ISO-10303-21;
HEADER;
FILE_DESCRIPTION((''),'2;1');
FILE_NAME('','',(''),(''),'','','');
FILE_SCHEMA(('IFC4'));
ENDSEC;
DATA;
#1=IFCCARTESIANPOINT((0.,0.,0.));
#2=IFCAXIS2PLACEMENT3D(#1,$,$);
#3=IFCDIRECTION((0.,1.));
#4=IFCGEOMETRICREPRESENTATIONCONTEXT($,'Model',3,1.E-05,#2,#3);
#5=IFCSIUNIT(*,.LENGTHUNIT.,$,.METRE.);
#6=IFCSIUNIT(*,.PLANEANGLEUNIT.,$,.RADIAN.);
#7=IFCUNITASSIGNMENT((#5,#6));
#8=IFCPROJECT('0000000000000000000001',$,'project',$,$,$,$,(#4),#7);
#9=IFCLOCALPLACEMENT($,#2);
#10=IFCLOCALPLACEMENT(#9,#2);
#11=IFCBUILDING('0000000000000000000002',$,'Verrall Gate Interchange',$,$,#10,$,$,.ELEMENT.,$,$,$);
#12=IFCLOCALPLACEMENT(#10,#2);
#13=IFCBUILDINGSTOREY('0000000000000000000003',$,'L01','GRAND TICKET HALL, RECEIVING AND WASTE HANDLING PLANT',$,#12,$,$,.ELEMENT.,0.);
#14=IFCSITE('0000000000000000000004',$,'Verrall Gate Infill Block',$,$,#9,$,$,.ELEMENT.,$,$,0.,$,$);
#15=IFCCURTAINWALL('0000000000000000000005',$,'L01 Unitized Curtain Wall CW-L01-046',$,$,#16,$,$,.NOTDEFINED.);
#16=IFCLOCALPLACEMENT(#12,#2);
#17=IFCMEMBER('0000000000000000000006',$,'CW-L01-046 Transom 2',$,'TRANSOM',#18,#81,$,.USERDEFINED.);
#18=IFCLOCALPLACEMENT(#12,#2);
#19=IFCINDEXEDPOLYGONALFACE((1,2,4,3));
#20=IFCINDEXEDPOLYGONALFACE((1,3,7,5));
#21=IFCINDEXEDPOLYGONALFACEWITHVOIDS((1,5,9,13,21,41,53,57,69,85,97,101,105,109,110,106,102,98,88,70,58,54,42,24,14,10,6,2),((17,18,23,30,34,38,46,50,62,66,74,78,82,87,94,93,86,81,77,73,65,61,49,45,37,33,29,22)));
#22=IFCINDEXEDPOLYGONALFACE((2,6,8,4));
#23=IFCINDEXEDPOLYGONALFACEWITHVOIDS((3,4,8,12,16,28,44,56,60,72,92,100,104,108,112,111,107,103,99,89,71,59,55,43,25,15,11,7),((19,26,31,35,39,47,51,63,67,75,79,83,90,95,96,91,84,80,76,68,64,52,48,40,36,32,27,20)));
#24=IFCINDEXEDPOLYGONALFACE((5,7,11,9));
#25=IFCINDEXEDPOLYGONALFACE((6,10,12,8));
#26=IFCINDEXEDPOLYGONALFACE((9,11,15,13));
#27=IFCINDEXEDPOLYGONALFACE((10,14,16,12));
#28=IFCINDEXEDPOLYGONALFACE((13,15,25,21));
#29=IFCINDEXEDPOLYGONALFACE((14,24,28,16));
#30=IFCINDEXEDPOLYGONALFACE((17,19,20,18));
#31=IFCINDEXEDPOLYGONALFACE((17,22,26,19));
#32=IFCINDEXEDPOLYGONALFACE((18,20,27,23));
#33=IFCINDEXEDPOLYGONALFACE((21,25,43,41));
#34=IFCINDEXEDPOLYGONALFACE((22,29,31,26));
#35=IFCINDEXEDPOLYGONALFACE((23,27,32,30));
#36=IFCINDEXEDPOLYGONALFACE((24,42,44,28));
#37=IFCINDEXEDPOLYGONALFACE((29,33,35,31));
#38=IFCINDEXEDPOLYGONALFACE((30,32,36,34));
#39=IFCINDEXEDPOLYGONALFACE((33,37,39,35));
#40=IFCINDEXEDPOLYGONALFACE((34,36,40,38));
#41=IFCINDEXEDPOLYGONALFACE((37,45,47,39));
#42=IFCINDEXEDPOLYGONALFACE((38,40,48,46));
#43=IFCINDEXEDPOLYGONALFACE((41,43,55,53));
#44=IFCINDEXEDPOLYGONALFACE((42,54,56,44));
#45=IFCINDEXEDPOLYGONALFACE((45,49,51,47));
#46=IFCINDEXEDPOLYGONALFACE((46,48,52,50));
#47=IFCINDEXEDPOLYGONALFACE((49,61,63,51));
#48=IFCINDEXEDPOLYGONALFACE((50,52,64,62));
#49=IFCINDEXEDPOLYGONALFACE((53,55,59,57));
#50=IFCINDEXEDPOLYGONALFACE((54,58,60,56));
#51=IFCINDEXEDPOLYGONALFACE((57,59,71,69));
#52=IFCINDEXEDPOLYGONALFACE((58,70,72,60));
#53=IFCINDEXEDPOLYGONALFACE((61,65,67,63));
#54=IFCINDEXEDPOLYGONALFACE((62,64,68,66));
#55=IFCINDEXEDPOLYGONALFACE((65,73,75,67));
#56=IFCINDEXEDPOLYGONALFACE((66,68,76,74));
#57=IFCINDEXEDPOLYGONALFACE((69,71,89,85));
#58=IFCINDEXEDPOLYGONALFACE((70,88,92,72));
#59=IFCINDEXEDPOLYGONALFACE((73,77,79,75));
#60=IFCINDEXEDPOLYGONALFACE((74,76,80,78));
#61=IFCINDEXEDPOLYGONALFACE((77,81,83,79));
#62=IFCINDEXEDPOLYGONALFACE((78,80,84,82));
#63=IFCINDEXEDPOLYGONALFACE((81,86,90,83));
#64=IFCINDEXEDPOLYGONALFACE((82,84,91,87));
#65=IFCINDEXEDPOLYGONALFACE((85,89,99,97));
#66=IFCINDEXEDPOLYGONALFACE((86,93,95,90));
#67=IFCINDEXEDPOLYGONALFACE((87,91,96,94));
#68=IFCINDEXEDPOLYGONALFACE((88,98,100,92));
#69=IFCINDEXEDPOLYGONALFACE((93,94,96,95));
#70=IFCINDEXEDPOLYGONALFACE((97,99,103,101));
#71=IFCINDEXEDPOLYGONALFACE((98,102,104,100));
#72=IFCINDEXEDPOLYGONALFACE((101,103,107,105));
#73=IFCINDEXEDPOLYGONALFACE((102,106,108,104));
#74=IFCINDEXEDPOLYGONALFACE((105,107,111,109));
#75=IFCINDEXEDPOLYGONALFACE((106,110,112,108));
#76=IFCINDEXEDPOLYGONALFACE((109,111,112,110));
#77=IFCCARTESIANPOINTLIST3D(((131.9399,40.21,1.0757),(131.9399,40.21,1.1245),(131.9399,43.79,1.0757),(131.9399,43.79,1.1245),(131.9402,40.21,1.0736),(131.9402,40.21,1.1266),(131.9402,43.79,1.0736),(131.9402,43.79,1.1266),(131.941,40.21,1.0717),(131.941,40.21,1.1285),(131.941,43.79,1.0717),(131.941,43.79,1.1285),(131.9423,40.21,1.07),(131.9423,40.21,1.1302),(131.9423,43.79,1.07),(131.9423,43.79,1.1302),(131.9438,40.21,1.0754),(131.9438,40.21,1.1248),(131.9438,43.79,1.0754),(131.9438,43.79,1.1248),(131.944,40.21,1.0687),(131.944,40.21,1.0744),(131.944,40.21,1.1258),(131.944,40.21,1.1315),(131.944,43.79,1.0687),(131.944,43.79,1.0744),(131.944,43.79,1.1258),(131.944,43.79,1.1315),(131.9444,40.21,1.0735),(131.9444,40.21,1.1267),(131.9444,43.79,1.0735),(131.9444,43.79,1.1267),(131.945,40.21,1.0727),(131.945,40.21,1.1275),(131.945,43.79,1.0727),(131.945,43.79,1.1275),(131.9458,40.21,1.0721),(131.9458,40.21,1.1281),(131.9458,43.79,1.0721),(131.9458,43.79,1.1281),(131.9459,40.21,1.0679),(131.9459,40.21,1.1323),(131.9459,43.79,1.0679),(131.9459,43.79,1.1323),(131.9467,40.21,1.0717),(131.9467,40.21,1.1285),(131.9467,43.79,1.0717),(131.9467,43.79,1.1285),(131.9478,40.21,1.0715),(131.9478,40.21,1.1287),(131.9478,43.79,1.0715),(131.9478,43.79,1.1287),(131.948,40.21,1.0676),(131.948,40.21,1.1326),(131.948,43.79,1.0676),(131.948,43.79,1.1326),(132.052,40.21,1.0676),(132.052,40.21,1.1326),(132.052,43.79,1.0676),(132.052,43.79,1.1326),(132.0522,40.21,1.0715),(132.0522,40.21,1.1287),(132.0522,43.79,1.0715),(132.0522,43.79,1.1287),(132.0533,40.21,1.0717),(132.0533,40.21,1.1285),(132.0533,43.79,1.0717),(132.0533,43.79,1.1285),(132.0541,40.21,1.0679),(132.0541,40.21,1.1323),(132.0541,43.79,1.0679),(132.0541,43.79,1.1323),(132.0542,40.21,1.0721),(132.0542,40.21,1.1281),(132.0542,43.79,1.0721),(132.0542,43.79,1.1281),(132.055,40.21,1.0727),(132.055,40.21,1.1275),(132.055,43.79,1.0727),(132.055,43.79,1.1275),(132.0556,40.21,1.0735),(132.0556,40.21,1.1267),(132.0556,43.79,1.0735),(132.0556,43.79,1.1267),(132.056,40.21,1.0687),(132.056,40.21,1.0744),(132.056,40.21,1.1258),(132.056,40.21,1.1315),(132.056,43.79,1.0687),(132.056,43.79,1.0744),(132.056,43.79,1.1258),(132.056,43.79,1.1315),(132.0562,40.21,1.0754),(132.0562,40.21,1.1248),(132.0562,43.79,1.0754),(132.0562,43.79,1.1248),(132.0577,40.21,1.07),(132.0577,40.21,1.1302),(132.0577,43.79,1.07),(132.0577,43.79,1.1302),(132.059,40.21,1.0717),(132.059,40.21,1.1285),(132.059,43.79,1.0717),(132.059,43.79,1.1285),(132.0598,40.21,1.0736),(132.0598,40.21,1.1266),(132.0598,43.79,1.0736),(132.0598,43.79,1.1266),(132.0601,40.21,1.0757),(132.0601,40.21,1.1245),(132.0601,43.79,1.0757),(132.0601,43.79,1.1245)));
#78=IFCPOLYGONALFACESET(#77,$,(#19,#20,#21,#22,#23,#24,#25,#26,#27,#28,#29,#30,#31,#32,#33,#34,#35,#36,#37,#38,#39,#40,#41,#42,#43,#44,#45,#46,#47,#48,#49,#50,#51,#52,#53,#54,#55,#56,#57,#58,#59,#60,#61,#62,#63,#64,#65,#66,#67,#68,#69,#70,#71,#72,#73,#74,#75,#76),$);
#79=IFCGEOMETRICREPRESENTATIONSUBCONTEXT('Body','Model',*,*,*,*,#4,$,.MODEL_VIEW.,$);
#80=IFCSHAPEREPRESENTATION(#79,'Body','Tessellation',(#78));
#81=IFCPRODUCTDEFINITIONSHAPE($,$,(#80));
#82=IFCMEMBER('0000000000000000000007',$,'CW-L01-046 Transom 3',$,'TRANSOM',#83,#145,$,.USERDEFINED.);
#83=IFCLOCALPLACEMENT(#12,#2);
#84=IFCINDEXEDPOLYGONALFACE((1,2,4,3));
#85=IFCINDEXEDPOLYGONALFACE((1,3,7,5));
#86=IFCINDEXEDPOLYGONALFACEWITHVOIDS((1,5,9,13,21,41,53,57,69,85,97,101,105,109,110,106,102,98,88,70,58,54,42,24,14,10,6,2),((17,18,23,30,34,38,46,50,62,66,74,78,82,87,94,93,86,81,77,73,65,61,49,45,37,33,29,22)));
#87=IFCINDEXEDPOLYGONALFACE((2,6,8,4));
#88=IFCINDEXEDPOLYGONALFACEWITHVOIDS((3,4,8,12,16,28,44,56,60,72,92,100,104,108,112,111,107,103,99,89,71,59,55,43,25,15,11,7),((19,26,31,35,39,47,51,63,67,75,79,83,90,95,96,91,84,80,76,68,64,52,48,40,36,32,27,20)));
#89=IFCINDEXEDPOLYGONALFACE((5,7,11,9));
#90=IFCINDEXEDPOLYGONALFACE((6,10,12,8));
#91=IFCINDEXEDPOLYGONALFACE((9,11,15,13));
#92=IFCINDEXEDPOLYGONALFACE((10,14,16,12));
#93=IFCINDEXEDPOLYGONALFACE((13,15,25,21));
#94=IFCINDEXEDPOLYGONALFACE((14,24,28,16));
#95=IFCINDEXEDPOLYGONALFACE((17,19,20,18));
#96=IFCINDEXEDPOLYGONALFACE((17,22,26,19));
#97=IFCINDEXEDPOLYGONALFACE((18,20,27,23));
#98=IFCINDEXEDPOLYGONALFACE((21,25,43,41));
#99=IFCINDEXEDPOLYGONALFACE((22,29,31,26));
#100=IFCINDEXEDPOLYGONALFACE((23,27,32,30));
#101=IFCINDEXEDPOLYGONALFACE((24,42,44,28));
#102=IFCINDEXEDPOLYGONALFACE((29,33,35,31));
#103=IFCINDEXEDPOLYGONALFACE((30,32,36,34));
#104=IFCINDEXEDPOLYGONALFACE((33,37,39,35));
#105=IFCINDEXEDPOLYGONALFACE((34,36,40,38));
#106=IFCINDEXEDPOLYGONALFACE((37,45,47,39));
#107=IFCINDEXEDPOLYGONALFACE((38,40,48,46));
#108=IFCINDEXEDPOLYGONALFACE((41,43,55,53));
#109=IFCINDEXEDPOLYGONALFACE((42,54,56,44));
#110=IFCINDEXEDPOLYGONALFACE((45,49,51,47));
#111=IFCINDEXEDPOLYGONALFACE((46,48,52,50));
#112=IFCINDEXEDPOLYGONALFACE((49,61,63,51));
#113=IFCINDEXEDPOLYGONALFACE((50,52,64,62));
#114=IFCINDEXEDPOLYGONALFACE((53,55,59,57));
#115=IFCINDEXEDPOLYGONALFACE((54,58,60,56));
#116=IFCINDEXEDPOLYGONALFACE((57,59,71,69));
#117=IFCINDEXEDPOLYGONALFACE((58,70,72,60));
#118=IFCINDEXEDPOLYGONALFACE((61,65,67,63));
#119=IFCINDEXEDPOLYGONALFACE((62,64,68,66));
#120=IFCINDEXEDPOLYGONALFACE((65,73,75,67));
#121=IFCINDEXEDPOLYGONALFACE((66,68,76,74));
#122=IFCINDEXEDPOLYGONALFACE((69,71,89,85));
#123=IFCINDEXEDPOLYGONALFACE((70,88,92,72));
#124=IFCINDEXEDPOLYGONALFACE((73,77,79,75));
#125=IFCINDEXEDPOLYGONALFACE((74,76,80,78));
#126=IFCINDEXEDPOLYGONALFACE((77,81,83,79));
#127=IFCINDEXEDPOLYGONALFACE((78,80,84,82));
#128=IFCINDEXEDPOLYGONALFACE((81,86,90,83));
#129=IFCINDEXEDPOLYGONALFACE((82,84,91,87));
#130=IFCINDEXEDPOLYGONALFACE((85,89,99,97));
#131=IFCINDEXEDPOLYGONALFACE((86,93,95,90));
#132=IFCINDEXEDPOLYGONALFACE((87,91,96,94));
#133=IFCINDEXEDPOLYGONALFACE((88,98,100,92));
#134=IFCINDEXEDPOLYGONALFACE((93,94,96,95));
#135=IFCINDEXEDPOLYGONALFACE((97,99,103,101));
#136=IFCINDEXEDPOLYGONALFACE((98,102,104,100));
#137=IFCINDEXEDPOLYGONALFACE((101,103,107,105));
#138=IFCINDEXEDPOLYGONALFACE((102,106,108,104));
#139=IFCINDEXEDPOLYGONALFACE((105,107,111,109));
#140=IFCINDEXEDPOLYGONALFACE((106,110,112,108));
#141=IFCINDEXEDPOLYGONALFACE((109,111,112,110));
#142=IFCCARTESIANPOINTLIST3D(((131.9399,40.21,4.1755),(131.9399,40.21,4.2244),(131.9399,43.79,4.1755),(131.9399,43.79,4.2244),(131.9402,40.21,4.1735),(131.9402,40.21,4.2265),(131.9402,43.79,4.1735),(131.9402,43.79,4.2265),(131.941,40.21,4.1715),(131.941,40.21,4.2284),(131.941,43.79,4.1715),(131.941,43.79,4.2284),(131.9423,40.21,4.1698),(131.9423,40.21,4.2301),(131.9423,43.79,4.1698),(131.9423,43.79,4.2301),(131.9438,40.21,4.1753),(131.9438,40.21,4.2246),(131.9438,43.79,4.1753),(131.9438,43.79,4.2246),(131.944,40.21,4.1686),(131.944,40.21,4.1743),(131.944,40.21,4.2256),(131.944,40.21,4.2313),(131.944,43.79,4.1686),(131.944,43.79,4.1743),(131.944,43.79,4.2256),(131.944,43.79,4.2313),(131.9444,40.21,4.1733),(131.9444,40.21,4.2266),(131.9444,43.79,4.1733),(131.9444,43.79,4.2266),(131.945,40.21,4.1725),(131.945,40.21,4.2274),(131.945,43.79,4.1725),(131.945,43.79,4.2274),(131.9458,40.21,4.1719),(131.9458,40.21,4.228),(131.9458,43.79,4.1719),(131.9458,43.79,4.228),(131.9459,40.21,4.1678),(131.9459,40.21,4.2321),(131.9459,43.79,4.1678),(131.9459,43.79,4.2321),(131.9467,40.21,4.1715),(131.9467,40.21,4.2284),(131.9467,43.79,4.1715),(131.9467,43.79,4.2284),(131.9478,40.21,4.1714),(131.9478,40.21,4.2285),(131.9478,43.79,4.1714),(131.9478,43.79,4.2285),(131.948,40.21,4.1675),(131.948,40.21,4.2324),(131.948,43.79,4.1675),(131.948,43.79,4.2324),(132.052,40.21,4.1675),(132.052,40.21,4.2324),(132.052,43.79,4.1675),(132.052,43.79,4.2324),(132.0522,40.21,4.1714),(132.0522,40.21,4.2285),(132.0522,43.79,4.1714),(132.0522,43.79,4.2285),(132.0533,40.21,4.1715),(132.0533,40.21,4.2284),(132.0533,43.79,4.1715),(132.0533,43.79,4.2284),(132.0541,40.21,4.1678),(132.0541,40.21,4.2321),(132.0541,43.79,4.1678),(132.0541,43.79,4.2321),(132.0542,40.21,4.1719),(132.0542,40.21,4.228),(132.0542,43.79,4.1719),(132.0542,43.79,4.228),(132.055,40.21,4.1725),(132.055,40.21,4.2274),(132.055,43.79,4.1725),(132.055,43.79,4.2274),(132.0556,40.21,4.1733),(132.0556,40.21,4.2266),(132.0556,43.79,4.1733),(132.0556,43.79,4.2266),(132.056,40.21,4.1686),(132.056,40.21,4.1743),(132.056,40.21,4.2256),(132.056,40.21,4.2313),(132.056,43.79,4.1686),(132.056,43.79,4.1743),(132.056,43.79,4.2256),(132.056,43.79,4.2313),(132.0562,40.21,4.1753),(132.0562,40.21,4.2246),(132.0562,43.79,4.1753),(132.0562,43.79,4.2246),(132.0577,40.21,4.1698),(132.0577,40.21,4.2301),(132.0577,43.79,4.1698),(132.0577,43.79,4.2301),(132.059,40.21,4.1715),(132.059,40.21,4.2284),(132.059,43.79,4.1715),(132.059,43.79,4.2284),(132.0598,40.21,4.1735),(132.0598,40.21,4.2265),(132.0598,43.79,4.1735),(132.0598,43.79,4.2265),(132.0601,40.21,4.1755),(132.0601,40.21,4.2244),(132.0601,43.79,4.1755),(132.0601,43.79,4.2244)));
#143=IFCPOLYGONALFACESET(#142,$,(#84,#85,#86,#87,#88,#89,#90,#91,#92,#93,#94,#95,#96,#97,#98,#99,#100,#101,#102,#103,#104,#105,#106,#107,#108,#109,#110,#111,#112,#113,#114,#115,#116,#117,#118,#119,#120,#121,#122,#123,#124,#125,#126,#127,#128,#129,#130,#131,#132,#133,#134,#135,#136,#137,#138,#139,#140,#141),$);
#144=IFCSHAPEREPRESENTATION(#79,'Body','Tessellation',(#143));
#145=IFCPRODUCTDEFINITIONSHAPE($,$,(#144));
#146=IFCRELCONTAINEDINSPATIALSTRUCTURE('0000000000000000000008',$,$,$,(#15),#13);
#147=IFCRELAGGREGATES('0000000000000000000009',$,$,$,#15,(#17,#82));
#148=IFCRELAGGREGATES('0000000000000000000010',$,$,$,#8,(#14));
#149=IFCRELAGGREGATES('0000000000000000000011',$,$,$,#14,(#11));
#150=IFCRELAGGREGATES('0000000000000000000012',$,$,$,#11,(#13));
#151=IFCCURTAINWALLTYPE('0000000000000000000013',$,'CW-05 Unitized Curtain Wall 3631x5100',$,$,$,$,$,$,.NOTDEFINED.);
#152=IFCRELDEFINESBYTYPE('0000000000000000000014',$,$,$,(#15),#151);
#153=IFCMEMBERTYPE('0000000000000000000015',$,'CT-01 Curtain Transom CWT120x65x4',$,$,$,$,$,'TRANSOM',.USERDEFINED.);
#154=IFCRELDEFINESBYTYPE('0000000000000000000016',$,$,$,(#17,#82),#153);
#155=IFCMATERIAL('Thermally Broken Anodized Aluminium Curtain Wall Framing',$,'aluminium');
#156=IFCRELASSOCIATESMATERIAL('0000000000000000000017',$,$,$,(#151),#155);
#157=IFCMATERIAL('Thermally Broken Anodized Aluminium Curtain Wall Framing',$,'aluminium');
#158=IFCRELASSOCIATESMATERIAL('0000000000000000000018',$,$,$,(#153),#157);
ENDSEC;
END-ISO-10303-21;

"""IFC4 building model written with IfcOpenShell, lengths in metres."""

from ifc_helpers import new_model, si_unit, direction, frame, origin, origin_2d, place, context, subcontext, project, spatial, hollow_rectangle, extrude, material, material_profile, profile_set, type_object, element, aggregate, save


model = new_model("IFC4")

# Units and contexts
model_context = context("Model", 3, precision=1e-05, world=origin(), true_north=direction((0.0, 1.0)))
body_context = subcontext(model_context, "Body", "Model", "MODEL_VIEW")
ifc_project = project(units=[si_unit("LENGTHUNIT", "METRE"), si_unit("PLANEANGLEUNIT", "RADIAN")], contexts=[model_context])

# Site, building, storey
site_placement = place(None, origin())
site = spatial("IfcSite", under=ifc_project, at=site_placement, Name="Verrall Gate Infill Block", CompositionType="ELEMENT", RefElevation=0.0)
building_placement = place(site_placement, origin())
building = spatial("IfcBuilding", under=site, at=building_placement, Name="Verrall Gate Interchange", CompositionType="ELEMENT")
storey_placement = place(building_placement, origin())
storey = spatial("IfcBuildingStorey", under=building, at=storey_placement, Name="L01", Description="GRAND TICKET HALL, RECEIVING AND WASTE HANDLING PLANT", CompositionType="ELEMENT", Elevation=0.0)

# Curtain wall
ifc_material_1 = material(Name="Thermally Broken Anodized Aluminium Curtain Wall Framing", Category="aluminium")
curtain_wall_type = type_object("IfcCurtainWallType", Name="CW-05 Unitized Curtain Wall 3631x5100", PredefinedType="NOTDEFINED", material=ifc_material_1)
curtain_wall_1_placement = place(storey_placement, origin())
curtain_wall_1 = element("IfcCurtainWall", 1, at=curtain_wall_1_placement, inside=storey, type_object=curtain_wall_type, Name="L01 Unitized Curtain Wall CW-L01-046", PredefinedType="NOTDEFINED")

# Members
ifc_material_2 = material(Name="Thermally Broken Anodized Aluminium Curtain Wall Framing", Category="aluminium")
ifc_material_profile_1 = material_profile(ifc_material_2, hollow_rectangle(XDim=0.1201, YDim=0.0649, WallThickness=0.0039, InnerFilletRadius=0.0039, OuterFilletRadius=0.0081, at=origin_2d()), Name="CWT120x65x4")
ifc_profile_set_1 = profile_set([ifc_material_profile_1], Name="Thermally Broken Anodized Aluminium Curtain Wall Framing")
member_type_1 = type_object("IfcMemberType", Name="CT-01 Curtain Transom CWT120x65x4", ElementType="TRANSOM", PredefinedType="USERDEFINED", material=ifc_profile_set_1)
member_1_placement = place(storey_placement, frame((132.0, 43.79, 1.1001), z_axis=(0.0, -1.0, 0.0), x_axis=(1.0, 0.0, 0.0)))
member_1 = element("IfcMember", 2, at=member_1_placement, type_object=member_type_1, Name="CW-L01-046 Transom 2", ObjectType="TRANSOM", PredefinedType="USERDEFINED", context=body_context, shape_type="SweptSolid", body=[
    extrude(hollow_rectangle(XDim=0.1201, YDim=0.0649, WallThickness=0.0039, InnerFilletRadius=0.0039, OuterFilletRadius=0.0081, at=origin_2d()), origin(), (0.0, 0.0, 1.0), 3.5801),
])
member_2_placement = place(storey_placement, frame((132.0, 43.79, 4.2), z_axis=(0.0, -1.0, 0.0), x_axis=(1.0, 0.0, 0.0)))
member_2 = element("IfcMember", 3, at=member_2_placement, type_object=member_type_1, Name="CW-L01-046 Transom 3", ObjectType="TRANSOM", PredefinedType="USERDEFINED", context=body_context, shape_type="SweptSolid", body=[
    extrude(hollow_rectangle(XDim=0.1201, YDim=0.0649, WallThickness=0.0039, InnerFilletRadius=0.0039, OuterFilletRadius=0.0081, at=origin_2d()), origin(), (0.0, 0.0, 1.0), 3.5801),
])
aggregate(curtain_wall_1, [member_1, member_2])

save(model, "model.ifc")
